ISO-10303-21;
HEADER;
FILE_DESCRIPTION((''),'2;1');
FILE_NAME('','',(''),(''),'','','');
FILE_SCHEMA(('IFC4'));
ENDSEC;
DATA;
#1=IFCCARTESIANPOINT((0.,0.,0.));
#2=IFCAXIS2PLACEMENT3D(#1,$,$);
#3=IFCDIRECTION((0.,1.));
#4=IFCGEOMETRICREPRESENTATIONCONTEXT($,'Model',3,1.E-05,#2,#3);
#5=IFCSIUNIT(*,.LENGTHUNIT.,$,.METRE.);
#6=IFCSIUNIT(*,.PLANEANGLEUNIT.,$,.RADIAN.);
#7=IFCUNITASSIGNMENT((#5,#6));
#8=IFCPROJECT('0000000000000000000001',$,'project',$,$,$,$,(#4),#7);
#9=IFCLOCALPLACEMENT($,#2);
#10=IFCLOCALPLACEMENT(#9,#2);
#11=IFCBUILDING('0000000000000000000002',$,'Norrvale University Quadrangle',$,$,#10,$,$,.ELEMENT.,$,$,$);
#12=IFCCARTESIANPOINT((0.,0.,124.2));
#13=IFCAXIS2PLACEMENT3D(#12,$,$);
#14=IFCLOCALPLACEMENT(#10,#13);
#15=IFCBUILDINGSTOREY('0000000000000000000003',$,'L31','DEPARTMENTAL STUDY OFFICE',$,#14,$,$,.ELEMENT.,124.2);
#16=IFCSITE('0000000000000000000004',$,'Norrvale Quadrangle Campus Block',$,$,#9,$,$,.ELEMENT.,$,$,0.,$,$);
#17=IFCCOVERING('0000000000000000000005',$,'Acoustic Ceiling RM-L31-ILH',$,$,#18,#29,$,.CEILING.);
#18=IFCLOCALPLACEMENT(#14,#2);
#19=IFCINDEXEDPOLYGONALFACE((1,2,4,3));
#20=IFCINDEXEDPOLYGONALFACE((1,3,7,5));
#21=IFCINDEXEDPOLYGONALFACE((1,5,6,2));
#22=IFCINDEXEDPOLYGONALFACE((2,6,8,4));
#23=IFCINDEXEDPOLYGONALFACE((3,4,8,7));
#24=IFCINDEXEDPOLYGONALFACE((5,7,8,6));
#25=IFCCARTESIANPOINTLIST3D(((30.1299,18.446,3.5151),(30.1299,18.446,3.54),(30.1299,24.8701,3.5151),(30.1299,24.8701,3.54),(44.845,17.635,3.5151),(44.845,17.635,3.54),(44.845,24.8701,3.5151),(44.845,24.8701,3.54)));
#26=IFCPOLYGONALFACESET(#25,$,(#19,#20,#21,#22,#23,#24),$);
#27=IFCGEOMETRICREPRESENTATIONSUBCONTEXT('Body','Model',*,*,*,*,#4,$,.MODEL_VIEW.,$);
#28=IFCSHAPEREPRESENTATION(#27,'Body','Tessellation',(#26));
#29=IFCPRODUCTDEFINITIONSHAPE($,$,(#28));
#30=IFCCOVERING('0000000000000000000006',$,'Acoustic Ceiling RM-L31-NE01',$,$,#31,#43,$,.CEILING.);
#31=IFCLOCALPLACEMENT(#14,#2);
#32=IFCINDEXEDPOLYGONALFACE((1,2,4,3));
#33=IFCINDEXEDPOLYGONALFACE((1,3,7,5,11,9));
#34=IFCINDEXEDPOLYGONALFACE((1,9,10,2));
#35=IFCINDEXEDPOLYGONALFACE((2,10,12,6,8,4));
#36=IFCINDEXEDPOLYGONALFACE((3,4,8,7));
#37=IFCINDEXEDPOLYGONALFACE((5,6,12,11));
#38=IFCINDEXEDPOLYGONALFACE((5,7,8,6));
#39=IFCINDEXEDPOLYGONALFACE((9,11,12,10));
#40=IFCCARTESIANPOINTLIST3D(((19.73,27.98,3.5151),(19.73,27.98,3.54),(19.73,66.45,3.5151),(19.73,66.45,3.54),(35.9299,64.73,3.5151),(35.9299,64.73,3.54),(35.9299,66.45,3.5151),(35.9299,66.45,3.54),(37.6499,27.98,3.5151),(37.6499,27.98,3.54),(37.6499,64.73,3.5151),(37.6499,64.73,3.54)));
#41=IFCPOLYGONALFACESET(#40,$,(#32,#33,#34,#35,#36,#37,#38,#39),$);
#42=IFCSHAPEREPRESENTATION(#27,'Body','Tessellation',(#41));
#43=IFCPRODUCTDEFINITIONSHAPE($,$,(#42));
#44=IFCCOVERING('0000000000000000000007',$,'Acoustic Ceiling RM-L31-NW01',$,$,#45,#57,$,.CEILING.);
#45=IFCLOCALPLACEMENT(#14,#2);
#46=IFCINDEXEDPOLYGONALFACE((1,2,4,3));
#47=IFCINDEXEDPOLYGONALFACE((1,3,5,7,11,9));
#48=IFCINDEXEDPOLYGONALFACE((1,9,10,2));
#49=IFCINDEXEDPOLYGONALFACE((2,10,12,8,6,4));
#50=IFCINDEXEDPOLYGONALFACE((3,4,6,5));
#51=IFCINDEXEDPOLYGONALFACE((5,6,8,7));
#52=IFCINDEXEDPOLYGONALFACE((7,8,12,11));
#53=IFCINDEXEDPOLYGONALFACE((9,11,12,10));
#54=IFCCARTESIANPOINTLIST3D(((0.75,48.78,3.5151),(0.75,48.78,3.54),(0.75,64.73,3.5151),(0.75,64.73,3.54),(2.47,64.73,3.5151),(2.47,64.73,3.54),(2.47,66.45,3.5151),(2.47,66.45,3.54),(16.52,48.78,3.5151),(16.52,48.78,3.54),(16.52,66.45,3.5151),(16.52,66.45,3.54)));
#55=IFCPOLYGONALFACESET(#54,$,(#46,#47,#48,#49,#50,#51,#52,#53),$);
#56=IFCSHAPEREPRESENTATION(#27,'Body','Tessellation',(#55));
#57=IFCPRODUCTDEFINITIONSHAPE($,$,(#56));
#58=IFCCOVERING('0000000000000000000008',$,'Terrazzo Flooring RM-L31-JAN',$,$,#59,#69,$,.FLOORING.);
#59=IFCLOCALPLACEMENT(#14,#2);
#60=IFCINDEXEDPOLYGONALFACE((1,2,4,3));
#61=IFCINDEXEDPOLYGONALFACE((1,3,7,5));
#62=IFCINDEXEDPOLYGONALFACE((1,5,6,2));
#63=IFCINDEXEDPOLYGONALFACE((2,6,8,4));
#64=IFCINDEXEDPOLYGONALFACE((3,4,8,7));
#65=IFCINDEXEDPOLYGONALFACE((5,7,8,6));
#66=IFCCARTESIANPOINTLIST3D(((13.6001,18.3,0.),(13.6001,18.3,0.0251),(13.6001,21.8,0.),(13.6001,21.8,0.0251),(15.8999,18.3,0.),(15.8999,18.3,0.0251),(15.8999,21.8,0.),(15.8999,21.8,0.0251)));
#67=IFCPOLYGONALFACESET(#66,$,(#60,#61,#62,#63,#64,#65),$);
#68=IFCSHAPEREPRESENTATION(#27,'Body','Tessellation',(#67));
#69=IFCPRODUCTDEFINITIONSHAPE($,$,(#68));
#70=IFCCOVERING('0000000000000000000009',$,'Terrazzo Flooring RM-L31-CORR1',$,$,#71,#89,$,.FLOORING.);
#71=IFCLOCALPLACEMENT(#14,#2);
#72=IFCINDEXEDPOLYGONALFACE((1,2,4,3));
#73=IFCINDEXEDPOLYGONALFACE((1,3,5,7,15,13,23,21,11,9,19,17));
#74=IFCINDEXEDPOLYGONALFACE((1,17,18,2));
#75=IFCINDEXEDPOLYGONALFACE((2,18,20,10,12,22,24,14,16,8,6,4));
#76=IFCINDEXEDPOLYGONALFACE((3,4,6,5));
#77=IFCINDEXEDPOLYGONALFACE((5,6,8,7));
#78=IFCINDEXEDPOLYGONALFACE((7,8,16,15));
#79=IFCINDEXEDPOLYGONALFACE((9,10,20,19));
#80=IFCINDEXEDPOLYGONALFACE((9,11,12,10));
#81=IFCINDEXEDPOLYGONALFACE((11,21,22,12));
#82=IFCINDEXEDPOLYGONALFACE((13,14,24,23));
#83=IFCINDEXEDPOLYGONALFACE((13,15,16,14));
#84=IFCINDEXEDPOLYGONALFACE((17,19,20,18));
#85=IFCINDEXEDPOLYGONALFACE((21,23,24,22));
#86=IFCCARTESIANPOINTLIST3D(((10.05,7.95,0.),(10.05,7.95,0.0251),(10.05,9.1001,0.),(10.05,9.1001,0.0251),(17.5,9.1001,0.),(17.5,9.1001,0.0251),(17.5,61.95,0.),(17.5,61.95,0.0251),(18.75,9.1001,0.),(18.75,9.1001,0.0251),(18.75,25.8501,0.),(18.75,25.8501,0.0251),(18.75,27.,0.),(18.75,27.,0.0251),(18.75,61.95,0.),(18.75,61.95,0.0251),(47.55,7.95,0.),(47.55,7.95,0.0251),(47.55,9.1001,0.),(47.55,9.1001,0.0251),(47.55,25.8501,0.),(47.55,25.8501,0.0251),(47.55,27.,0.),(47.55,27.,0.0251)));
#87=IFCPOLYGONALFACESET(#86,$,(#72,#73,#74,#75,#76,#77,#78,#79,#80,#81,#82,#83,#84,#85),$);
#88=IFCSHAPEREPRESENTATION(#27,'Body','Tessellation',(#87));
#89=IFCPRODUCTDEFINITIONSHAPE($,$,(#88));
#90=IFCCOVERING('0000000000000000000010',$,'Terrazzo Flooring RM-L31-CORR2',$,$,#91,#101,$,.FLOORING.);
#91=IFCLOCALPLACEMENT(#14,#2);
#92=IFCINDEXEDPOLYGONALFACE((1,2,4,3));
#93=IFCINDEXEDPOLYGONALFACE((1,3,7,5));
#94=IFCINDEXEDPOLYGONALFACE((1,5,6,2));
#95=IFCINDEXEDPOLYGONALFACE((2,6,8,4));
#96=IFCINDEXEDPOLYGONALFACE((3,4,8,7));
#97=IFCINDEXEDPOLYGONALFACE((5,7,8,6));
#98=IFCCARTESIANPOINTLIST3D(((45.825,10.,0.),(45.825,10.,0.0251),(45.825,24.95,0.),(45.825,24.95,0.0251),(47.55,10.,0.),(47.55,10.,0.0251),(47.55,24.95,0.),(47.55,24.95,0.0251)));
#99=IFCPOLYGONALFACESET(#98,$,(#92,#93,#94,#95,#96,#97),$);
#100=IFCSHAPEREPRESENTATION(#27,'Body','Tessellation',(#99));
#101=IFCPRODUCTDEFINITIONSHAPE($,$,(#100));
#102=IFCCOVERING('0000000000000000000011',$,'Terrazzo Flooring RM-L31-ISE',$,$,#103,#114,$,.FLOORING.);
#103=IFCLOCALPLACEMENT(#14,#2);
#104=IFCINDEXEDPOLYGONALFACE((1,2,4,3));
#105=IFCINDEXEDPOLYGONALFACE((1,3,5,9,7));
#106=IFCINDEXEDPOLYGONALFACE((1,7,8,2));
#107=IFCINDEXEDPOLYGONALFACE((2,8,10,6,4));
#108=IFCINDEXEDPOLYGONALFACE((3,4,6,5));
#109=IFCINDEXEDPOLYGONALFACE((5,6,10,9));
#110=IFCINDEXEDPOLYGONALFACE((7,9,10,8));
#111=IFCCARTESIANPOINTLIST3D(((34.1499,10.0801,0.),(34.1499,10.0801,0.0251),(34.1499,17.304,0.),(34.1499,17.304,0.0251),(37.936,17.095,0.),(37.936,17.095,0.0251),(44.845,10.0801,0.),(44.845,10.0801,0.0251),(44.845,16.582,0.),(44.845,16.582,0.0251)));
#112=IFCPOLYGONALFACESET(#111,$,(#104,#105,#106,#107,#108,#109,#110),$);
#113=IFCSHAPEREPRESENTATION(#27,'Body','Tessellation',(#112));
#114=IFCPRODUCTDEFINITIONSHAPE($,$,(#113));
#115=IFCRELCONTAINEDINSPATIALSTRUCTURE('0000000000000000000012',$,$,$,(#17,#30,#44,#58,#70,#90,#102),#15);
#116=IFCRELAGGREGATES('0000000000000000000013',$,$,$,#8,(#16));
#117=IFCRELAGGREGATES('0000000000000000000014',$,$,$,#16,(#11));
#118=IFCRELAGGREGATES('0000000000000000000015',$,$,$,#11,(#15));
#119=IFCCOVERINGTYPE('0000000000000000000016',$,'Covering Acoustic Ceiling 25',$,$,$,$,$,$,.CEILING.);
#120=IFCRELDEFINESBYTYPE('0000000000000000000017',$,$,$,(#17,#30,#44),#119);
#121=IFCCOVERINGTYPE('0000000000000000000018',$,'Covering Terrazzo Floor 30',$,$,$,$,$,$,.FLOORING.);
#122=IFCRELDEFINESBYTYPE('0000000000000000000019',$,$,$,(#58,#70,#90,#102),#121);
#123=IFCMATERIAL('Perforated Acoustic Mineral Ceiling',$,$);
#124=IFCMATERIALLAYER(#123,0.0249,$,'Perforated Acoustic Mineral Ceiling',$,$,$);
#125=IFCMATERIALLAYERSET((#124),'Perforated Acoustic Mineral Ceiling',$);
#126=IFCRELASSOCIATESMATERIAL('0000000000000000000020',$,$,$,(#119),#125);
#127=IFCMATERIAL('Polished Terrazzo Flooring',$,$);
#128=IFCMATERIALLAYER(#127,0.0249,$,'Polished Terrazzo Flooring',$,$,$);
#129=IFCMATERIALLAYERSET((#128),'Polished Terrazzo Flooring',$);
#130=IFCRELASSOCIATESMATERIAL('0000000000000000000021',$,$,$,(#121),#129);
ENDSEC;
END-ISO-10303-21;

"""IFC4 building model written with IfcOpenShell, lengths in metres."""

from ifc_helpers import new_model, si_unit, direction, frame, origin, place, context, subcontext, project, spatial, polyline, outline, extrude, material, layer, layer_set, type_object, element, save


model = new_model("IFC4")

# Units and contexts
model_context = context("Model", 3, precision=1e-05, world=origin(), true_north=direction((0.0, 1.0)))
body_context = subcontext(model_context, "Body", "Model", "MODEL_VIEW")
ifc_project = project(units=[si_unit("LENGTHUNIT", "METRE"), si_unit("PLANEANGLEUNIT", "RADIAN")], contexts=[model_context])

# Site, building, storey
site_placement = place(None, origin())
site = spatial("IfcSite", under=ifc_project, at=site_placement, Name="Norrvale Quadrangle Campus Block", CompositionType="ELEMENT", RefElevation=0.0)
building_placement = place(site_placement, origin())
building = spatial("IfcBuilding", under=site, at=building_placement, Name="Norrvale University Quadrangle", CompositionType="ELEMENT")
storey_placement = place(building_placement, frame((0.0, 0.0, 124.2)))
storey = spatial("IfcBuildingStorey", under=building, at=storey_placement, Name="L31", Description="DEPARTMENTAL STUDY OFFICE", CompositionType="ELEMENT", Elevation=124.2)

# Coverings
ifc_material_1 = material(Name="Perforated Acoustic Mineral Ceiling")
ifc_layer_1 = layer(ifc_material_1, 0.0249, Name="Perforated Acoustic Mineral Ceiling")
ifc_layer_set_1 = layer_set([ifc_layer_1], Name="Perforated Acoustic Mineral Ceiling")
covering_type_1 = type_object("IfcCoveringType", Name="Covering Acoustic Ceiling 25", PredefinedType="CEILING", material=ifc_layer_set_1)
covering_1_placement = place(storey_placement, frame((0.0, 0.0, 3.5151)))
element("IfcCovering", 1, at=covering_1_placement, inside=storey, type_object=covering_type_1, Name="Acoustic Ceiling RM-L31-ILH", PredefinedType="CEILING", context=body_context, shape_type="SweptSolid", body=[
    extrude(outline(polyline([(30.1299, 18.446), (30.1299, 24.8701), (44.845, 24.8701), (44.845, 17.635), (30.1299, 18.446)])), origin(), (0.0, 0.0, 1.0), 0.0249),
])
covering_2_placement = place(storey_placement, frame((0.0, 0.0, 3.5151)))
element("IfcCovering", 2, at=covering_2_placement, inside=storey, type_object=covering_type_1, Name="Acoustic Ceiling RM-L31-NE01", PredefinedType="CEILING", context=body_context, shape_type="SweptSolid", body=[
    extrude(outline(polyline([(37.6499, 27.98), (19.73, 27.98), (19.73, 66.45), (35.9299, 66.45), (35.9299, 64.73), (37.6499, 64.73), (37.6499, 27.98)])), origin(), (0.0, 0.0, 1.0), 0.0249),
])
covering_3_placement = place(storey_placement, frame((0.0, 0.0, 3.5151)))
element("IfcCovering", 3, at=covering_3_placement, inside=storey, type_object=covering_type_1, Name="Acoustic Ceiling RM-L31-NW01", PredefinedType="CEILING", context=body_context, shape_type="SweptSolid", body=[
    extrude(outline(polyline([(16.52, 66.45), (16.52, 48.78), (0.75, 48.78), (0.75, 64.73), (2.47, 64.73), (2.47, 66.45), (16.52, 66.45)])), origin(), (0.0, 0.0, 1.0), 0.0249),
])
ifc_material_2 = material(Name="Polished Terrazzo Flooring")
ifc_layer_2 = layer(ifc_material_2, 0.0249, Name="Polished Terrazzo Flooring")
ifc_layer_set_2 = layer_set([ifc_layer_2], Name="Polished Terrazzo Flooring")
covering_type_2 = type_object("IfcCoveringType", Name="Covering Terrazzo Floor 30", PredefinedType="FLOORING", material=ifc_layer_set_2)
covering_4_placement = place(storey_placement, origin())
element("IfcCovering", 4, at=covering_4_placement, inside=storey, type_object=covering_type_2, Name="Terrazzo Flooring RM-L31-JAN", PredefinedType="FLOORING", context=body_context, shape_type="SweptSolid", body=[
    extrude(outline(polyline([(13.6001, 18.3), (13.6001, 21.8), (15.8999, 21.8), (15.8999, 18.3), (13.6001, 18.3)])), origin(), (0.0, 0.0, 1.0), 0.0251),
])
covering_5_placement = place(storey_placement, origin())
element("IfcCovering", 5, at=covering_5_placement, inside=storey, type_object=covering_type_2, Name="Terrazzo Flooring RM-L31-CORR1", PredefinedType="FLOORING", context=body_context, shape_type="SweptSolid", body=[
    extrude(outline(polyline([(10.05, 7.95), (10.05, 9.1001), (17.5, 9.1001), (17.5, 61.95), (18.75, 61.95), (18.75, 27.0), (47.55, 27.0), (47.55, 25.8501), (18.75, 25.8501), (18.75, 9.1001), (47.55, 9.1001), (47.55, 7.95), (10.05, 7.95)])), origin(), (0.0, 0.0, 1.0), 0.0251),
])
covering_6_placement = place(storey_placement, origin())
element("IfcCovering", 6, at=covering_6_placement, inside=storey, type_object=covering_type_2, Name="Terrazzo Flooring RM-L31-CORR2", PredefinedType="FLOORING", context=body_context, shape_type="SweptSolid", body=[
    extrude(outline(polyline([(45.825, 10.0), (45.825, 24.95), (47.55, 24.95), (47.55, 10.0), (45.825, 10.0)])), origin(), (0.0, 0.0, 1.0), 0.0251),
])
covering_7_placement = place(storey_placement, origin())
element("IfcCovering", 7, at=covering_7_placement, inside=storey, type_object=covering_type_2, Name="Terrazzo Flooring RM-L31-ISE", PredefinedType="FLOORING", context=body_context, shape_type="SweptSolid", body=[
    extrude(outline(polyline([(44.845, 16.582), (44.845, 10.0801), (34.1499, 10.0801), (34.1499, 17.304), (37.936, 17.095), (44.845, 16.582)])), origin(), (0.0, 0.0, 1.0), 0.0251),
])

save(model, "model.ifc")
